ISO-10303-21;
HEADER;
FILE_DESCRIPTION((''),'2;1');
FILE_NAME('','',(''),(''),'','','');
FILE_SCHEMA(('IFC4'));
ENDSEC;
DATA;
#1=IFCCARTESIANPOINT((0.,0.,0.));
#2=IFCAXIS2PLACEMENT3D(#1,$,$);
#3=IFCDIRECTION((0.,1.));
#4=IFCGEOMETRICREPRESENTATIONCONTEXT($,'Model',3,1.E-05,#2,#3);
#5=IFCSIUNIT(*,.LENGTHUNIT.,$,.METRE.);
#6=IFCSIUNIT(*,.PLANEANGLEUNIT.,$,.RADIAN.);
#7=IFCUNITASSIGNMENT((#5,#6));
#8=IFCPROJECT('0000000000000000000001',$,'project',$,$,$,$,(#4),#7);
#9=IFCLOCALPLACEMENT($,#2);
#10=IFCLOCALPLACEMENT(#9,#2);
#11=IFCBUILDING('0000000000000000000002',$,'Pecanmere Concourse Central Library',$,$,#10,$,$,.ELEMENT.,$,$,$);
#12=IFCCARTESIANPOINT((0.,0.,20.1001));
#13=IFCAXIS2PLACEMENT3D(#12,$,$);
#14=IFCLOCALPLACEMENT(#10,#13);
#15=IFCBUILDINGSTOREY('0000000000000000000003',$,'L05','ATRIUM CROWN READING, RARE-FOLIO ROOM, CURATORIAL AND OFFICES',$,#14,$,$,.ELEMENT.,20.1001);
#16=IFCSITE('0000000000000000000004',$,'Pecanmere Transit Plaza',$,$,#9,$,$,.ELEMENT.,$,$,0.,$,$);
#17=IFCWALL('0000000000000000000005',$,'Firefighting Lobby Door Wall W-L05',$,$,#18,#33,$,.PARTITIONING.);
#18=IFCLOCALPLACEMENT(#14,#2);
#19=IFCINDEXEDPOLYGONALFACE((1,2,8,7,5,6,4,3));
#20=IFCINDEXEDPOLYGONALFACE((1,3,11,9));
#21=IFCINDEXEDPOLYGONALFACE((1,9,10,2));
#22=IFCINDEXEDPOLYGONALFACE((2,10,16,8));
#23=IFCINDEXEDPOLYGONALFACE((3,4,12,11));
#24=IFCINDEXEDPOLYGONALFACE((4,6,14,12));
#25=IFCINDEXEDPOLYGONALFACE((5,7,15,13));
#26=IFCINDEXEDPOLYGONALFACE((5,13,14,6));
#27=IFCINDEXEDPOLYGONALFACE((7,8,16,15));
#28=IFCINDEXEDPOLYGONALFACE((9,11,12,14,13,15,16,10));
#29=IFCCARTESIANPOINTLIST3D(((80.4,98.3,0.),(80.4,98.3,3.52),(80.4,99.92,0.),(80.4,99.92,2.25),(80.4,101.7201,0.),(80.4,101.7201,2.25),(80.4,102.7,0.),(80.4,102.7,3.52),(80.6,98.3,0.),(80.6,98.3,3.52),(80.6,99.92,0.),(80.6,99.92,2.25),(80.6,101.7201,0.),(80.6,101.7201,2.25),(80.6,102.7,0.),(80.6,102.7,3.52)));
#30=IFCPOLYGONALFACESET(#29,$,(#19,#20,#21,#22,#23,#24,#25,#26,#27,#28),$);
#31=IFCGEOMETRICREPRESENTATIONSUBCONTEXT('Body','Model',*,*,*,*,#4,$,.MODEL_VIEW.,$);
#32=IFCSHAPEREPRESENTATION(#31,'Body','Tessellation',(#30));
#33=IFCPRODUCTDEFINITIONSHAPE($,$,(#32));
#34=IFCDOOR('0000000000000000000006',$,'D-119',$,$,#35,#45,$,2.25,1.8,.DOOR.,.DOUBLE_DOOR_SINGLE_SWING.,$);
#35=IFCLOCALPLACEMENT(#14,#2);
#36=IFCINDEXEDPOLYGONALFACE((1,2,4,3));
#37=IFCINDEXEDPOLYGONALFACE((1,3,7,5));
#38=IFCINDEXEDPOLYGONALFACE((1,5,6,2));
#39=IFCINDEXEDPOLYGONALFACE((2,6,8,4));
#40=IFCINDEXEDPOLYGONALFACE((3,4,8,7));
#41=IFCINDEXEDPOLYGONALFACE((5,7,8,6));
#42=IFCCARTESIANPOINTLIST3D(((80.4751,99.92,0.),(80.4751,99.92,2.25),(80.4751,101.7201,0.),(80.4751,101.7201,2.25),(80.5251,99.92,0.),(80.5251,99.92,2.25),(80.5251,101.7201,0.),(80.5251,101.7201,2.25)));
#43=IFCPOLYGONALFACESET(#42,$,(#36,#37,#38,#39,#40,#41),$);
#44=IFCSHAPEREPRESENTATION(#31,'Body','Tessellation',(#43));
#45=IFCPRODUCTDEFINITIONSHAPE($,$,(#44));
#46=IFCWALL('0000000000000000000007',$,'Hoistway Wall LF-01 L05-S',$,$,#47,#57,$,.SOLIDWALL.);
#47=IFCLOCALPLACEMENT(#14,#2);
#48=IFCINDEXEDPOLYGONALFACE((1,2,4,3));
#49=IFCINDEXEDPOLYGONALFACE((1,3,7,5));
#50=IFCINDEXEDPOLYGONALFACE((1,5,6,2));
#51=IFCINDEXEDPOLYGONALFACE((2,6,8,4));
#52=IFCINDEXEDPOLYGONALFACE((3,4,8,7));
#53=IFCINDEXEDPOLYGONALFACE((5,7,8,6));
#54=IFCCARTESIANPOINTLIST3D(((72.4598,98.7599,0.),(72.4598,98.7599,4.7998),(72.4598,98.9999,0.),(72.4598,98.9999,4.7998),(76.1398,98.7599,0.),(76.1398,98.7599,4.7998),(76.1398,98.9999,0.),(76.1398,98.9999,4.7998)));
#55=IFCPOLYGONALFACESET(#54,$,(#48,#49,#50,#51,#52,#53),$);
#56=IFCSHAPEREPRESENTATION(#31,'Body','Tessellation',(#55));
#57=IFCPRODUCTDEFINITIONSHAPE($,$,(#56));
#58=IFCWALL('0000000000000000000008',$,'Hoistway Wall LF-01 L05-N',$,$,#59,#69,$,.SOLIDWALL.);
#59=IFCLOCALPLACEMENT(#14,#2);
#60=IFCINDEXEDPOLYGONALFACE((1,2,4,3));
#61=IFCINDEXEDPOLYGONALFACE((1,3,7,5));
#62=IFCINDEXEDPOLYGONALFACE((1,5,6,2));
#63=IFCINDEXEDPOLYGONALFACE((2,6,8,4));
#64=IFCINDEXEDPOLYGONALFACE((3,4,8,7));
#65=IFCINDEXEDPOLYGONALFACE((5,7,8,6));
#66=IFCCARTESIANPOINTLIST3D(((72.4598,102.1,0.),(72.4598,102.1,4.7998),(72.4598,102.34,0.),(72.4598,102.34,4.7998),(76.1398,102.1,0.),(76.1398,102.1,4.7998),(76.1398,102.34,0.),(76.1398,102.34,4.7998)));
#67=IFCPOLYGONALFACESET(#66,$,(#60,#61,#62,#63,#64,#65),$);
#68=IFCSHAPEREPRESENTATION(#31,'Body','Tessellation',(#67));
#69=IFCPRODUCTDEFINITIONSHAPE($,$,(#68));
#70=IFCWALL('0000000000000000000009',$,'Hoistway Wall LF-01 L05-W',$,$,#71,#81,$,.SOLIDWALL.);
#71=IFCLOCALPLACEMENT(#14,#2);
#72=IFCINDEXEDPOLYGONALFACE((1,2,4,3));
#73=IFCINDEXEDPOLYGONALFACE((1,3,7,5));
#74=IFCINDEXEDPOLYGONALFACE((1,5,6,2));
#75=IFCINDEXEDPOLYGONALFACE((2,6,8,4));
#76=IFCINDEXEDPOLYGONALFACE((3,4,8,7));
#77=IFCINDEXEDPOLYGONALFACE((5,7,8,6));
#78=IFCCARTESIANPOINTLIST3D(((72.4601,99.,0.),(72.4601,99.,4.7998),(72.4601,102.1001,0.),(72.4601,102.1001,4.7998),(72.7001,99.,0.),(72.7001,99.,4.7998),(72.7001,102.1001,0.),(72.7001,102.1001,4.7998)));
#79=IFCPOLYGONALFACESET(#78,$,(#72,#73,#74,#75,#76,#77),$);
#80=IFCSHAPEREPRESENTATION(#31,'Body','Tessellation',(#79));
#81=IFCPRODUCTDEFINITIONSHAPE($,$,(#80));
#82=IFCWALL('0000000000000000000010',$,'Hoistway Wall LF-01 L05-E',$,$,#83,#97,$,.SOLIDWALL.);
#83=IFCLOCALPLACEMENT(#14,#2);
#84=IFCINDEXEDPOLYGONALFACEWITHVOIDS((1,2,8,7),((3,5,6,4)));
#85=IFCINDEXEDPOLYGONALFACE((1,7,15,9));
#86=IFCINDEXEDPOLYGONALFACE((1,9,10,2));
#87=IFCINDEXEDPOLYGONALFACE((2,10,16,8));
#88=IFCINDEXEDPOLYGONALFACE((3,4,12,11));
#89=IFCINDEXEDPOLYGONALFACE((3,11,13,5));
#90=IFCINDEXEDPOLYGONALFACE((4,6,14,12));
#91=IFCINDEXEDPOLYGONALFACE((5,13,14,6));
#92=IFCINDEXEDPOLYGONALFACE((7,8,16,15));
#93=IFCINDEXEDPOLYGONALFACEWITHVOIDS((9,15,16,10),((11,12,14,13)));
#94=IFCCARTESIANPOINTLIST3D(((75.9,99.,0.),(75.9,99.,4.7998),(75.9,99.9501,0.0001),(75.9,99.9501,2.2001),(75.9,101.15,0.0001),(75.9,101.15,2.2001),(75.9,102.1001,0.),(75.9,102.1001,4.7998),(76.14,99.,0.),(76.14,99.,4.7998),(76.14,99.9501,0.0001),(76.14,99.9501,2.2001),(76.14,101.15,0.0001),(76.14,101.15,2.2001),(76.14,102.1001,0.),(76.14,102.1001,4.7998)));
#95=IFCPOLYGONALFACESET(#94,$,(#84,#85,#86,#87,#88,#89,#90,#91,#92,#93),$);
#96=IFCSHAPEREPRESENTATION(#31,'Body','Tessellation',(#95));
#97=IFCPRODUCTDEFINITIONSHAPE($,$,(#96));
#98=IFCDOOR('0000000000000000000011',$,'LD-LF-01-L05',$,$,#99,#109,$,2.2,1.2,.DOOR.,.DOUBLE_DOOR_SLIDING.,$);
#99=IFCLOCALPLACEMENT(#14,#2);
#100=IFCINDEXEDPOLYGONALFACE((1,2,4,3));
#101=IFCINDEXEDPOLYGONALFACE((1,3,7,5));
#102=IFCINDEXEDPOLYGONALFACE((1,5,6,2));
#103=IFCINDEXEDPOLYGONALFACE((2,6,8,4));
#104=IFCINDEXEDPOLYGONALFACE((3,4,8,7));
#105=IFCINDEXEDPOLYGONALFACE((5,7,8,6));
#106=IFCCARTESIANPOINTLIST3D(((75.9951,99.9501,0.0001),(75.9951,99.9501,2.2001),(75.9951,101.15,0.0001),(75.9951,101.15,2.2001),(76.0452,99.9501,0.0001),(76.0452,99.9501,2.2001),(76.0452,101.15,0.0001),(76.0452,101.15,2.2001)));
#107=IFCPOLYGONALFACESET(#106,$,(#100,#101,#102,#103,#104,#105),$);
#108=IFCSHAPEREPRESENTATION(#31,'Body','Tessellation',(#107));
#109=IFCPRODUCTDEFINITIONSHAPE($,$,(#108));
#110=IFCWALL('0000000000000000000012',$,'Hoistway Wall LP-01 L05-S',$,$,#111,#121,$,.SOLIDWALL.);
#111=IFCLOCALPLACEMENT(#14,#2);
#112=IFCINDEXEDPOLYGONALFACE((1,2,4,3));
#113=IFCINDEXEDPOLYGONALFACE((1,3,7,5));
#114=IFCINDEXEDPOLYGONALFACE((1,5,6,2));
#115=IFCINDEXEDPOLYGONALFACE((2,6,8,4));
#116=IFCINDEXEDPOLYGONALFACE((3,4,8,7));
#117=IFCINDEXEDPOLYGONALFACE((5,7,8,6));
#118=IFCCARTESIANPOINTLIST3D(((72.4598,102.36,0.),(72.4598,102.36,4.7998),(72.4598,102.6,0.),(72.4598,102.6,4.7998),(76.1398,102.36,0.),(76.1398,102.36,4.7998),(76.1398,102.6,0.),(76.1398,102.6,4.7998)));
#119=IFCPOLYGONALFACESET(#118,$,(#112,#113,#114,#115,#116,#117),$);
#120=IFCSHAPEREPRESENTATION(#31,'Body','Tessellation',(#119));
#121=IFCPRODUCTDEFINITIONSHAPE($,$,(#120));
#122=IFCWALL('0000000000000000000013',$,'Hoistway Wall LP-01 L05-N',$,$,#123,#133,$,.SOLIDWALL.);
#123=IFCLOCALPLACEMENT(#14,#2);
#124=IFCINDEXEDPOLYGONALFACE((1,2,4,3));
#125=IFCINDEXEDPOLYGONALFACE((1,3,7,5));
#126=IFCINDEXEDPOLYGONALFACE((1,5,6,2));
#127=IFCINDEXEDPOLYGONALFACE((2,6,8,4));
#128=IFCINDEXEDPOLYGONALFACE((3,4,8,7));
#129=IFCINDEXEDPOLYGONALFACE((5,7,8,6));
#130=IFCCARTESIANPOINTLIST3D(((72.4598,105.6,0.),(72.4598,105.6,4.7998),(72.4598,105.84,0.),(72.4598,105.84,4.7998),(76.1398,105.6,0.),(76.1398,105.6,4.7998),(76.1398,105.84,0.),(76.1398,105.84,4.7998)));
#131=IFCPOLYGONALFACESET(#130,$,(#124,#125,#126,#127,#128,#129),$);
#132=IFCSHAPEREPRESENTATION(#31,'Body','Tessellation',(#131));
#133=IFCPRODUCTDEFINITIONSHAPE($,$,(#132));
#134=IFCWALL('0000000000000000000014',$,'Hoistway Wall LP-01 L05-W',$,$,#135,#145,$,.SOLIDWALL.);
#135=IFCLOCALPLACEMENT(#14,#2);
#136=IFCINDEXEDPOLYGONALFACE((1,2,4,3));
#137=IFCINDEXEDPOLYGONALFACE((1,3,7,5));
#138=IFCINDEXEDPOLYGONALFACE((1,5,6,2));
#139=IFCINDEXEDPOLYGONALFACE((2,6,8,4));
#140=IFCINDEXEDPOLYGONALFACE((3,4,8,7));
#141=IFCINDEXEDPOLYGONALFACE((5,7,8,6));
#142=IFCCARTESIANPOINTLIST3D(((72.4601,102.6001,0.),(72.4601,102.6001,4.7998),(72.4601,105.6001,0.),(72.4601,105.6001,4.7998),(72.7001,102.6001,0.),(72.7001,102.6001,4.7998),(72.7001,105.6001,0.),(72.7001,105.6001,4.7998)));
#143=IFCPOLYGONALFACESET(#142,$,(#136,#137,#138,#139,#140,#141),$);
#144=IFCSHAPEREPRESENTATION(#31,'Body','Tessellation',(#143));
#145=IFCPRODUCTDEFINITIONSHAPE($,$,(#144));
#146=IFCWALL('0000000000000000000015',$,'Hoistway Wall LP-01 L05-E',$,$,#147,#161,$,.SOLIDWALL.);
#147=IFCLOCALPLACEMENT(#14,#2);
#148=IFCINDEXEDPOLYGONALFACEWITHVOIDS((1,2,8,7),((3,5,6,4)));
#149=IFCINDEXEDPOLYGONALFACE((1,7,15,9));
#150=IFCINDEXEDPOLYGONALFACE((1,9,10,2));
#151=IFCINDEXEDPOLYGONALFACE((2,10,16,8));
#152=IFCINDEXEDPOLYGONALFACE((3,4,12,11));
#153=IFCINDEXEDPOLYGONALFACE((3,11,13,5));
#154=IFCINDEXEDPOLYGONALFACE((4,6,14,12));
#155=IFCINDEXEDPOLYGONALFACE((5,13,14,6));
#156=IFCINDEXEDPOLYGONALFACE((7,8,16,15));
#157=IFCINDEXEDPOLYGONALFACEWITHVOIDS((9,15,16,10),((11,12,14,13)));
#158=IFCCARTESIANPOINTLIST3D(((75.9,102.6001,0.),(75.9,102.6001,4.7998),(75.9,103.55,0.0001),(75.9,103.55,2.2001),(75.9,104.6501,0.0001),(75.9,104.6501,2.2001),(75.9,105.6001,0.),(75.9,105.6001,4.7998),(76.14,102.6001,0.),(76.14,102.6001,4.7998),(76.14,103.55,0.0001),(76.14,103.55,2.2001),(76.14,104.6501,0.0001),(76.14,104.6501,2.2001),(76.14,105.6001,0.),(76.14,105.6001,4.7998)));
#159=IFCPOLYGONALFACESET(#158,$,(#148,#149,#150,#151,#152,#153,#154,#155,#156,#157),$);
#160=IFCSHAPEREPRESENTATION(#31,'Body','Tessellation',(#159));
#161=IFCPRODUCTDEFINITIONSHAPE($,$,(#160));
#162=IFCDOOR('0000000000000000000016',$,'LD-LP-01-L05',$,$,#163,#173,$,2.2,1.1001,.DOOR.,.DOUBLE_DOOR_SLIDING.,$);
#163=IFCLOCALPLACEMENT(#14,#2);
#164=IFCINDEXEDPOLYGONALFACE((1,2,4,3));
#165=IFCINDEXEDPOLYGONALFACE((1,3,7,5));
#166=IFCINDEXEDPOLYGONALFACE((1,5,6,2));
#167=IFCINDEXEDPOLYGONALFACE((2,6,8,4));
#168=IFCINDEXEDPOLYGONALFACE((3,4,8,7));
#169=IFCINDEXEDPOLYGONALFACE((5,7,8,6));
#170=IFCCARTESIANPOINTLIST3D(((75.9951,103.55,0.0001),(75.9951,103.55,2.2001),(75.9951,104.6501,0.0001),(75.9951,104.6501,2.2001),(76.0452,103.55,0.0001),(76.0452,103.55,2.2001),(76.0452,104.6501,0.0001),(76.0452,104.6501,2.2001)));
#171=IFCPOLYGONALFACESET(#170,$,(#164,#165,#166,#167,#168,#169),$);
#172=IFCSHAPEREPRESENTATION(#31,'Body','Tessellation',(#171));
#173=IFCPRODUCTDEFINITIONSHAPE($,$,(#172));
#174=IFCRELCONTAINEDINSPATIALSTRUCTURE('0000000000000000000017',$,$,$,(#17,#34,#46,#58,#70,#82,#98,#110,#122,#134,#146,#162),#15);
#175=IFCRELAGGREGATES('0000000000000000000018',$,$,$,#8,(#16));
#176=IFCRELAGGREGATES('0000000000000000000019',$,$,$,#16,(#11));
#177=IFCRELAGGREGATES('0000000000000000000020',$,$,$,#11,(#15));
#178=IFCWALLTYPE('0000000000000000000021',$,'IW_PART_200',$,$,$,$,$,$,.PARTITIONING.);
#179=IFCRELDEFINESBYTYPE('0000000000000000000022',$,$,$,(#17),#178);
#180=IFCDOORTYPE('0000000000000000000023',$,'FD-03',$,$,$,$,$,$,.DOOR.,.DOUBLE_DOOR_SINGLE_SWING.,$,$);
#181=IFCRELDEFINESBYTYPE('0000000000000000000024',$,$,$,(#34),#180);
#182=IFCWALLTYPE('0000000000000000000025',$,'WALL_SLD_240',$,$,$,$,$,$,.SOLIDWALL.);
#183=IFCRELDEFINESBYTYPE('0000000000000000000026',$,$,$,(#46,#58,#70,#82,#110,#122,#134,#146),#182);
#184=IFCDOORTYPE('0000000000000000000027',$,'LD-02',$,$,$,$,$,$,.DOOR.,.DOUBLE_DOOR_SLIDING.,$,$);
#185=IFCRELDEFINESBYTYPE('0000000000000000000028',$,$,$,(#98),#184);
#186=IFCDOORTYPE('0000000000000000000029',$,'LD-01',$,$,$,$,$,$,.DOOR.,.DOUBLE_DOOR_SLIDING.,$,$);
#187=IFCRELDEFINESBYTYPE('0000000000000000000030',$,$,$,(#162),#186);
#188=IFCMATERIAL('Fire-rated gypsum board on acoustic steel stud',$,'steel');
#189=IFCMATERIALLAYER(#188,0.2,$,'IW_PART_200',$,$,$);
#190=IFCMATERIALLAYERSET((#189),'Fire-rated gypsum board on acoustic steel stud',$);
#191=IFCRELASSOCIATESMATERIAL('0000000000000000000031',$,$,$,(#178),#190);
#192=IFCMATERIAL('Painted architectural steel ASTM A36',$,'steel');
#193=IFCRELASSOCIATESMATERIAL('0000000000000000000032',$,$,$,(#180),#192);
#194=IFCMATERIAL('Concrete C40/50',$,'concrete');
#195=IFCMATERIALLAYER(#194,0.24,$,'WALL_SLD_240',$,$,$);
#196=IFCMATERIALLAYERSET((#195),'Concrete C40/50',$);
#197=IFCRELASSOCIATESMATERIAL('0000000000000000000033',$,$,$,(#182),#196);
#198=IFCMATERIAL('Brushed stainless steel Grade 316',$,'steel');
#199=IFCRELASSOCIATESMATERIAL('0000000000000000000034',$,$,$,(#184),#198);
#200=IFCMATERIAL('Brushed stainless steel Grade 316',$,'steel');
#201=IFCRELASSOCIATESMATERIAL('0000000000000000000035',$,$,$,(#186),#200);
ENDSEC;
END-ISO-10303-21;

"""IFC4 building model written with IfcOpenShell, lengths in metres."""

from ifc_helpers import new_model, si_unit, direction, frame, frame_2d, origin, place, context, subcontext, project, spatial, rectangle, extrude, material, layer, layer_set, type_object, element, fill, save


model = new_model("IFC4")

# Units and contexts
model_context = context("Model", 3, precision=1e-05, world=origin(), true_north=direction((0.0, 1.0)))
body_context = subcontext(model_context, "Body", "Model", "MODEL_VIEW")
ifc_project = project(units=[si_unit("LENGTHUNIT", "METRE"), si_unit("PLANEANGLEUNIT", "RADIAN")], contexts=[model_context])

# Site, building, storey
site_placement = place(None, origin())
site = spatial("IfcSite", under=ifc_project, at=site_placement, Name="Pecanmere Transit Plaza", CompositionType="ELEMENT", RefElevation=0.0)
building_placement = place(site_placement, origin())
building = spatial("IfcBuilding", under=site, at=building_placement, Name="Pecanmere Concourse Central Library", CompositionType="ELEMENT")
storey_placement = place(building_placement, frame((0.0, 0.0, 20.1001)))
storey = spatial("IfcBuildingStorey", under=building, at=storey_placement, Name="L05", Description="ATRIUM CROWN READING, RARE-FOLIO ROOM, CURATORIAL AND OFFICES", CompositionType="ELEMENT", Elevation=20.1001)

# Shared definitions
ifc_material_1 = material(Name="Fire-rated gypsum board on acoustic steel stud", Category="steel")
ifc_layer_1 = layer(ifc_material_1, 0.2, Name="IW_PART_200")
ifc_layer_set_1 = layer_set([ifc_layer_1], Name="Fire-rated gypsum board on acoustic steel stud")
wall_type_1 = type_object("IfcWallType", Name="IW_PART_200", PredefinedType="PARTITIONING", material=ifc_layer_set_1)

# Wall, opening, door
wall_1_placement = place(storey_placement, frame((80.5, 98.3, 0.0), z_axis=(0.0, 0.0, 1.0), x_axis=(0.0, 1.0, 0.0)))
wall_1 = element("IfcWall", 1, at=wall_1_placement, inside=storey, type_object=wall_type_1, Name="Firefighting Lobby Door Wall W-L05", PredefinedType="PARTITIONING", context=body_context, shape_type="SweptSolid", body=[
    extrude(rectangle(XDim=4.3999, YDim=0.2, at=frame_2d((2.2, 0.0))), origin(), (0.0, 0.0, 1.0), 3.52),
])
opening_1_placement = place(wall_1_placement, frame((1.6201, 0.0, 0.0)))
opening_1 = element("IfcOpeningElement", 2, at=opening_1_placement, cuts=wall_1, PredefinedType="OPENING", context=body_context, shape_type="SweptSolid", body=[
    extrude(rectangle(XDim=1.8, YDim=2.25, at=frame_2d((0.8999, 1.125))), frame((0.0, 0.1118, 0.0), z_axis=(0.0, -1.0, 0.0), x_axis=(1.0, 0.0, 0.0)), (0.0, 0.0, 1.0), 0.2239),
])
ifc_material_2 = material(Name="Painted architectural steel ASTM A36", Category="steel")
door_type_1 = type_object("IfcDoorType", Name="FD-03", OperationType="DOUBLE_DOOR_SINGLE_SWING", PredefinedType="DOOR", material=ifc_material_2)
door_1_placement = place(opening_1_placement, origin())
door_1 = element("IfcDoor", 3, at=door_1_placement, inside=storey, type_object=door_type_1, Name="D-119", OperationType="DOUBLE_DOOR_SINGLE_SWING", OverallHeight=2.25, OverallWidth=1.8, PredefinedType="DOOR", context=body_context, shape_type="SweptSolid", body=[
    extrude(rectangle(XDim=1.8, YDim=2.25, at=frame_2d((0.8999, 1.125))), frame((0.0, 0.0249, 0.0), z_axis=(0.0, -1.0, 0.0), x_axis=(1.0, 0.0, 0.0)), (0.0, 0.0, 1.0), 0.05),
])
fill(opening_1, door_1)

# Walls
ifc_material_3 = material(Name="Concrete C40/50", Category="concrete")
ifc_layer_2 = layer(ifc_material_3, 0.24, Name="WALL_SLD_240")
ifc_layer_set_2 = layer_set([ifc_layer_2], Name="Concrete C40/50")
wall_type_2 = type_object("IfcWallType", Name="WALL_SLD_240", PredefinedType="SOLIDWALL", material=ifc_layer_set_2)
for number, where, z_axis, x_axis, name in (
    (4, (72.46, 98.8799, 0.0), (0.0, 0.0, 1.0), (1.0, 0.0, 0.0), "Hoistway Wall LF-01 L05-S"),
    (5, (72.46, 102.22, 0.0), (0.0, 0.0, 1.0), (1.0, 0.0, 0.0), "Hoistway Wall LF-01 L05-N"),
):
    element("IfcWall", number, at=place(storey_placement, frame(where, z_axis=z_axis, x_axis=x_axis)), inside=storey, type_object=wall_type_2, Name=name, PredefinedType="SOLIDWALL", context=body_context, shape_type="SweptSolid", body=[
        extrude(rectangle(XDim=3.6799, YDim=0.24, at=frame_2d((1.8398, 0.0))), origin(), (0.0, 0.0, 1.0), 4.7998),
    ])
wall_2_placement = place(storey_placement, frame((72.5801, 99.0, 0.0), z_axis=(0.0, 0.0, 1.0), x_axis=(0.0, 1.0, 0.0)))
element("IfcWall", 6, at=wall_2_placement, inside=storey, type_object=wall_type_2, Name="Hoistway Wall LF-01 L05-W", PredefinedType="SOLIDWALL", context=body_context, shape_type="SweptSolid", body=[
    extrude(rectangle(XDim=3.1001, YDim=0.24, at=frame_2d((1.55, 0.0))), origin(), (0.0, 0.0, 1.0), 4.7998),
])

# Wall, opening, door
wall_3_placement = place(storey_placement, frame((76.02, 99.0, 0.0), z_axis=(0.0, 0.0, 1.0), x_axis=(0.0, 1.0, 0.0)))
wall_3 = element("IfcWall", 7, at=wall_3_placement, inside=storey, type_object=wall_type_2, Name="Hoistway Wall LF-01 L05-E", PredefinedType="SOLIDWALL", context=body_context, shape_type="SweptSolid", body=[
    extrude(rectangle(XDim=3.1001, YDim=0.24, at=frame_2d((1.55, 0.0))), origin(), (0.0, 0.0, 1.0), 4.7998),
])
opening_2_placement = place(wall_3_placement, frame((0.95, 0.0, 0.0)))
opening_2 = element("IfcOpeningElement", 8, at=opening_2_placement, cuts=wall_3, PredefinedType="OPENING", context=body_context, shape_type="SweptSolid", body=[
    extrude(rectangle(XDim=1.2, YDim=2.2, at=frame_2d((0.6001, 1.1001))), frame((0.0, 0.1318, 0.0), z_axis=(0.0, -1.0, 0.0), x_axis=(1.0, 0.0, 0.0)), (0.0, 0.0, 1.0), 0.2639),
])
ifc_material_4 = material(Name="Brushed stainless steel Grade 316", Category="steel")
door_type_2 = type_object("IfcDoorType", Name="LD-02", OperationType="DOUBLE_DOOR_SLIDING", PredefinedType="DOOR", material=ifc_material_4)
door_2_placement = place(opening_2_placement, origin())
door_2 = element("IfcDoor", 9, at=door_2_placement, inside=storey, type_object=door_type_2, Name="LD-LF-01-L05", OperationType="DOUBLE_DOOR_SLIDING", OverallHeight=2.2, OverallWidth=1.2, PredefinedType="DOOR", context=body_context, shape_type="SweptSolid", body=[
    extrude(rectangle(XDim=1.2, YDim=2.2, at=frame_2d((0.6001, 1.1001))), frame((0.0, 0.0249, 0.0), z_axis=(0.0, -1.0, 0.0), x_axis=(1.0, 0.0, 0.0)), (0.0, 0.0, 1.0), 0.05),
])
fill(opening_2, door_2)

# Walls
for number, where, z_axis, x_axis, name in (
    (10, (72.46, 102.48, 0.0), (0.0, 0.0, 1.0), (1.0, 0.0, 0.0), "Hoistway Wall LP-01 L05-S"),
    (11, (72.46, 105.72, 0.0), (0.0, 0.0, 1.0), (1.0, 0.0, 0.0), "Hoistway Wall LP-01 L05-N"),
):
    element("IfcWall", number, at=place(storey_placement, frame(where, z_axis=z_axis, x_axis=x_axis)), inside=storey, type_object=wall_type_2, Name=name, PredefinedType="SOLIDWALL", context=body_context, shape_type="SweptSolid", body=[
        extrude(rectangle(XDim=3.6799, YDim=0.24, at=frame_2d((1.8398, 0.0))), origin(), (0.0, 0.0, 1.0), 4.7998),
    ])
wall_4_placement = place(storey_placement, frame((72.5801, 102.6001, 0.0), z_axis=(0.0, 0.0, 1.0), x_axis=(0.0, 1.0, 0.0)))
element("IfcWall", 12, at=wall_4_placement, inside=storey, type_object=wall_type_2, Name="Hoistway Wall LP-01 L05-W", PredefinedType="SOLIDWALL", context=body_context, shape_type="SweptSolid", body=[
    extrude(rectangle(XDim=3.0, YDim=0.24, at=frame_2d((1.5, 0.0))), origin(), (0.0, 0.0, 1.0), 4.7998),
])

# Wall, opening, door
wall_5_placement = place(storey_placement, frame((76.02, 102.6001, 0.0), z_axis=(0.0, 0.0, 1.0), x_axis=(0.0, 1.0, 0.0)))
wall_5 = element("IfcWall", 13, at=wall_5_placement, inside=storey, type_object=wall_type_2, Name="Hoistway Wall LP-01 L05-E", PredefinedType="SOLIDWALL", context=body_context, shape_type="SweptSolid", body=[
    extrude(rectangle(XDim=3.0, YDim=0.24, at=frame_2d((1.5, 0.0))), origin(), (0.0, 0.0, 1.0), 4.7998),
])
opening_3_placement = place(wall_5_placement, frame((0.95, 0.0, 0.0)))
opening_3 = element("IfcOpeningElement", 14, at=opening_3_placement, cuts=wall_5, PredefinedType="OPENING", context=body_context, shape_type="SweptSolid", body=[
    extrude(rectangle(XDim=1.1001, YDim=2.2, at=frame_2d((0.55, 1.1001))), frame((0.0, 0.1318, 0.0), z_axis=(0.0, -1.0, 0.0), x_axis=(1.0, 0.0, 0.0)), (0.0, 0.0, 1.0), 0.2639),
])
ifc_material_5 = material(Name="Brushed stainless steel Grade 316", Category="steel")
door_type_3 = type_object("IfcDoorType", Name="LD-01", OperationType="DOUBLE_DOOR_SLIDING", PredefinedType="DOOR", material=ifc_material_5)
door_3_placement = place(opening_3_placement, origin())
door_3 = element("IfcDoor", 15, at=door_3_placement, inside=storey, type_object=door_type_3, Name="LD-LP-01-L05", OperationType="DOUBLE_DOOR_SLIDING", OverallHeight=2.2, OverallWidth=1.1001, PredefinedType="DOOR", context=body_context, shape_type="SweptSolid", body=[
    extrude(rectangle(XDim=1.1001, YDim=2.2, at=frame_2d((0.55, 1.1001))), frame((0.0, 0.0249, 0.0), z_axis=(0.0, -1.0, 0.0), x_axis=(1.0, 0.0, 0.0)), (0.0, 0.0, 1.0), 0.05),
])
fill(opening_3, door_3)

save(model, "model.ifc")
